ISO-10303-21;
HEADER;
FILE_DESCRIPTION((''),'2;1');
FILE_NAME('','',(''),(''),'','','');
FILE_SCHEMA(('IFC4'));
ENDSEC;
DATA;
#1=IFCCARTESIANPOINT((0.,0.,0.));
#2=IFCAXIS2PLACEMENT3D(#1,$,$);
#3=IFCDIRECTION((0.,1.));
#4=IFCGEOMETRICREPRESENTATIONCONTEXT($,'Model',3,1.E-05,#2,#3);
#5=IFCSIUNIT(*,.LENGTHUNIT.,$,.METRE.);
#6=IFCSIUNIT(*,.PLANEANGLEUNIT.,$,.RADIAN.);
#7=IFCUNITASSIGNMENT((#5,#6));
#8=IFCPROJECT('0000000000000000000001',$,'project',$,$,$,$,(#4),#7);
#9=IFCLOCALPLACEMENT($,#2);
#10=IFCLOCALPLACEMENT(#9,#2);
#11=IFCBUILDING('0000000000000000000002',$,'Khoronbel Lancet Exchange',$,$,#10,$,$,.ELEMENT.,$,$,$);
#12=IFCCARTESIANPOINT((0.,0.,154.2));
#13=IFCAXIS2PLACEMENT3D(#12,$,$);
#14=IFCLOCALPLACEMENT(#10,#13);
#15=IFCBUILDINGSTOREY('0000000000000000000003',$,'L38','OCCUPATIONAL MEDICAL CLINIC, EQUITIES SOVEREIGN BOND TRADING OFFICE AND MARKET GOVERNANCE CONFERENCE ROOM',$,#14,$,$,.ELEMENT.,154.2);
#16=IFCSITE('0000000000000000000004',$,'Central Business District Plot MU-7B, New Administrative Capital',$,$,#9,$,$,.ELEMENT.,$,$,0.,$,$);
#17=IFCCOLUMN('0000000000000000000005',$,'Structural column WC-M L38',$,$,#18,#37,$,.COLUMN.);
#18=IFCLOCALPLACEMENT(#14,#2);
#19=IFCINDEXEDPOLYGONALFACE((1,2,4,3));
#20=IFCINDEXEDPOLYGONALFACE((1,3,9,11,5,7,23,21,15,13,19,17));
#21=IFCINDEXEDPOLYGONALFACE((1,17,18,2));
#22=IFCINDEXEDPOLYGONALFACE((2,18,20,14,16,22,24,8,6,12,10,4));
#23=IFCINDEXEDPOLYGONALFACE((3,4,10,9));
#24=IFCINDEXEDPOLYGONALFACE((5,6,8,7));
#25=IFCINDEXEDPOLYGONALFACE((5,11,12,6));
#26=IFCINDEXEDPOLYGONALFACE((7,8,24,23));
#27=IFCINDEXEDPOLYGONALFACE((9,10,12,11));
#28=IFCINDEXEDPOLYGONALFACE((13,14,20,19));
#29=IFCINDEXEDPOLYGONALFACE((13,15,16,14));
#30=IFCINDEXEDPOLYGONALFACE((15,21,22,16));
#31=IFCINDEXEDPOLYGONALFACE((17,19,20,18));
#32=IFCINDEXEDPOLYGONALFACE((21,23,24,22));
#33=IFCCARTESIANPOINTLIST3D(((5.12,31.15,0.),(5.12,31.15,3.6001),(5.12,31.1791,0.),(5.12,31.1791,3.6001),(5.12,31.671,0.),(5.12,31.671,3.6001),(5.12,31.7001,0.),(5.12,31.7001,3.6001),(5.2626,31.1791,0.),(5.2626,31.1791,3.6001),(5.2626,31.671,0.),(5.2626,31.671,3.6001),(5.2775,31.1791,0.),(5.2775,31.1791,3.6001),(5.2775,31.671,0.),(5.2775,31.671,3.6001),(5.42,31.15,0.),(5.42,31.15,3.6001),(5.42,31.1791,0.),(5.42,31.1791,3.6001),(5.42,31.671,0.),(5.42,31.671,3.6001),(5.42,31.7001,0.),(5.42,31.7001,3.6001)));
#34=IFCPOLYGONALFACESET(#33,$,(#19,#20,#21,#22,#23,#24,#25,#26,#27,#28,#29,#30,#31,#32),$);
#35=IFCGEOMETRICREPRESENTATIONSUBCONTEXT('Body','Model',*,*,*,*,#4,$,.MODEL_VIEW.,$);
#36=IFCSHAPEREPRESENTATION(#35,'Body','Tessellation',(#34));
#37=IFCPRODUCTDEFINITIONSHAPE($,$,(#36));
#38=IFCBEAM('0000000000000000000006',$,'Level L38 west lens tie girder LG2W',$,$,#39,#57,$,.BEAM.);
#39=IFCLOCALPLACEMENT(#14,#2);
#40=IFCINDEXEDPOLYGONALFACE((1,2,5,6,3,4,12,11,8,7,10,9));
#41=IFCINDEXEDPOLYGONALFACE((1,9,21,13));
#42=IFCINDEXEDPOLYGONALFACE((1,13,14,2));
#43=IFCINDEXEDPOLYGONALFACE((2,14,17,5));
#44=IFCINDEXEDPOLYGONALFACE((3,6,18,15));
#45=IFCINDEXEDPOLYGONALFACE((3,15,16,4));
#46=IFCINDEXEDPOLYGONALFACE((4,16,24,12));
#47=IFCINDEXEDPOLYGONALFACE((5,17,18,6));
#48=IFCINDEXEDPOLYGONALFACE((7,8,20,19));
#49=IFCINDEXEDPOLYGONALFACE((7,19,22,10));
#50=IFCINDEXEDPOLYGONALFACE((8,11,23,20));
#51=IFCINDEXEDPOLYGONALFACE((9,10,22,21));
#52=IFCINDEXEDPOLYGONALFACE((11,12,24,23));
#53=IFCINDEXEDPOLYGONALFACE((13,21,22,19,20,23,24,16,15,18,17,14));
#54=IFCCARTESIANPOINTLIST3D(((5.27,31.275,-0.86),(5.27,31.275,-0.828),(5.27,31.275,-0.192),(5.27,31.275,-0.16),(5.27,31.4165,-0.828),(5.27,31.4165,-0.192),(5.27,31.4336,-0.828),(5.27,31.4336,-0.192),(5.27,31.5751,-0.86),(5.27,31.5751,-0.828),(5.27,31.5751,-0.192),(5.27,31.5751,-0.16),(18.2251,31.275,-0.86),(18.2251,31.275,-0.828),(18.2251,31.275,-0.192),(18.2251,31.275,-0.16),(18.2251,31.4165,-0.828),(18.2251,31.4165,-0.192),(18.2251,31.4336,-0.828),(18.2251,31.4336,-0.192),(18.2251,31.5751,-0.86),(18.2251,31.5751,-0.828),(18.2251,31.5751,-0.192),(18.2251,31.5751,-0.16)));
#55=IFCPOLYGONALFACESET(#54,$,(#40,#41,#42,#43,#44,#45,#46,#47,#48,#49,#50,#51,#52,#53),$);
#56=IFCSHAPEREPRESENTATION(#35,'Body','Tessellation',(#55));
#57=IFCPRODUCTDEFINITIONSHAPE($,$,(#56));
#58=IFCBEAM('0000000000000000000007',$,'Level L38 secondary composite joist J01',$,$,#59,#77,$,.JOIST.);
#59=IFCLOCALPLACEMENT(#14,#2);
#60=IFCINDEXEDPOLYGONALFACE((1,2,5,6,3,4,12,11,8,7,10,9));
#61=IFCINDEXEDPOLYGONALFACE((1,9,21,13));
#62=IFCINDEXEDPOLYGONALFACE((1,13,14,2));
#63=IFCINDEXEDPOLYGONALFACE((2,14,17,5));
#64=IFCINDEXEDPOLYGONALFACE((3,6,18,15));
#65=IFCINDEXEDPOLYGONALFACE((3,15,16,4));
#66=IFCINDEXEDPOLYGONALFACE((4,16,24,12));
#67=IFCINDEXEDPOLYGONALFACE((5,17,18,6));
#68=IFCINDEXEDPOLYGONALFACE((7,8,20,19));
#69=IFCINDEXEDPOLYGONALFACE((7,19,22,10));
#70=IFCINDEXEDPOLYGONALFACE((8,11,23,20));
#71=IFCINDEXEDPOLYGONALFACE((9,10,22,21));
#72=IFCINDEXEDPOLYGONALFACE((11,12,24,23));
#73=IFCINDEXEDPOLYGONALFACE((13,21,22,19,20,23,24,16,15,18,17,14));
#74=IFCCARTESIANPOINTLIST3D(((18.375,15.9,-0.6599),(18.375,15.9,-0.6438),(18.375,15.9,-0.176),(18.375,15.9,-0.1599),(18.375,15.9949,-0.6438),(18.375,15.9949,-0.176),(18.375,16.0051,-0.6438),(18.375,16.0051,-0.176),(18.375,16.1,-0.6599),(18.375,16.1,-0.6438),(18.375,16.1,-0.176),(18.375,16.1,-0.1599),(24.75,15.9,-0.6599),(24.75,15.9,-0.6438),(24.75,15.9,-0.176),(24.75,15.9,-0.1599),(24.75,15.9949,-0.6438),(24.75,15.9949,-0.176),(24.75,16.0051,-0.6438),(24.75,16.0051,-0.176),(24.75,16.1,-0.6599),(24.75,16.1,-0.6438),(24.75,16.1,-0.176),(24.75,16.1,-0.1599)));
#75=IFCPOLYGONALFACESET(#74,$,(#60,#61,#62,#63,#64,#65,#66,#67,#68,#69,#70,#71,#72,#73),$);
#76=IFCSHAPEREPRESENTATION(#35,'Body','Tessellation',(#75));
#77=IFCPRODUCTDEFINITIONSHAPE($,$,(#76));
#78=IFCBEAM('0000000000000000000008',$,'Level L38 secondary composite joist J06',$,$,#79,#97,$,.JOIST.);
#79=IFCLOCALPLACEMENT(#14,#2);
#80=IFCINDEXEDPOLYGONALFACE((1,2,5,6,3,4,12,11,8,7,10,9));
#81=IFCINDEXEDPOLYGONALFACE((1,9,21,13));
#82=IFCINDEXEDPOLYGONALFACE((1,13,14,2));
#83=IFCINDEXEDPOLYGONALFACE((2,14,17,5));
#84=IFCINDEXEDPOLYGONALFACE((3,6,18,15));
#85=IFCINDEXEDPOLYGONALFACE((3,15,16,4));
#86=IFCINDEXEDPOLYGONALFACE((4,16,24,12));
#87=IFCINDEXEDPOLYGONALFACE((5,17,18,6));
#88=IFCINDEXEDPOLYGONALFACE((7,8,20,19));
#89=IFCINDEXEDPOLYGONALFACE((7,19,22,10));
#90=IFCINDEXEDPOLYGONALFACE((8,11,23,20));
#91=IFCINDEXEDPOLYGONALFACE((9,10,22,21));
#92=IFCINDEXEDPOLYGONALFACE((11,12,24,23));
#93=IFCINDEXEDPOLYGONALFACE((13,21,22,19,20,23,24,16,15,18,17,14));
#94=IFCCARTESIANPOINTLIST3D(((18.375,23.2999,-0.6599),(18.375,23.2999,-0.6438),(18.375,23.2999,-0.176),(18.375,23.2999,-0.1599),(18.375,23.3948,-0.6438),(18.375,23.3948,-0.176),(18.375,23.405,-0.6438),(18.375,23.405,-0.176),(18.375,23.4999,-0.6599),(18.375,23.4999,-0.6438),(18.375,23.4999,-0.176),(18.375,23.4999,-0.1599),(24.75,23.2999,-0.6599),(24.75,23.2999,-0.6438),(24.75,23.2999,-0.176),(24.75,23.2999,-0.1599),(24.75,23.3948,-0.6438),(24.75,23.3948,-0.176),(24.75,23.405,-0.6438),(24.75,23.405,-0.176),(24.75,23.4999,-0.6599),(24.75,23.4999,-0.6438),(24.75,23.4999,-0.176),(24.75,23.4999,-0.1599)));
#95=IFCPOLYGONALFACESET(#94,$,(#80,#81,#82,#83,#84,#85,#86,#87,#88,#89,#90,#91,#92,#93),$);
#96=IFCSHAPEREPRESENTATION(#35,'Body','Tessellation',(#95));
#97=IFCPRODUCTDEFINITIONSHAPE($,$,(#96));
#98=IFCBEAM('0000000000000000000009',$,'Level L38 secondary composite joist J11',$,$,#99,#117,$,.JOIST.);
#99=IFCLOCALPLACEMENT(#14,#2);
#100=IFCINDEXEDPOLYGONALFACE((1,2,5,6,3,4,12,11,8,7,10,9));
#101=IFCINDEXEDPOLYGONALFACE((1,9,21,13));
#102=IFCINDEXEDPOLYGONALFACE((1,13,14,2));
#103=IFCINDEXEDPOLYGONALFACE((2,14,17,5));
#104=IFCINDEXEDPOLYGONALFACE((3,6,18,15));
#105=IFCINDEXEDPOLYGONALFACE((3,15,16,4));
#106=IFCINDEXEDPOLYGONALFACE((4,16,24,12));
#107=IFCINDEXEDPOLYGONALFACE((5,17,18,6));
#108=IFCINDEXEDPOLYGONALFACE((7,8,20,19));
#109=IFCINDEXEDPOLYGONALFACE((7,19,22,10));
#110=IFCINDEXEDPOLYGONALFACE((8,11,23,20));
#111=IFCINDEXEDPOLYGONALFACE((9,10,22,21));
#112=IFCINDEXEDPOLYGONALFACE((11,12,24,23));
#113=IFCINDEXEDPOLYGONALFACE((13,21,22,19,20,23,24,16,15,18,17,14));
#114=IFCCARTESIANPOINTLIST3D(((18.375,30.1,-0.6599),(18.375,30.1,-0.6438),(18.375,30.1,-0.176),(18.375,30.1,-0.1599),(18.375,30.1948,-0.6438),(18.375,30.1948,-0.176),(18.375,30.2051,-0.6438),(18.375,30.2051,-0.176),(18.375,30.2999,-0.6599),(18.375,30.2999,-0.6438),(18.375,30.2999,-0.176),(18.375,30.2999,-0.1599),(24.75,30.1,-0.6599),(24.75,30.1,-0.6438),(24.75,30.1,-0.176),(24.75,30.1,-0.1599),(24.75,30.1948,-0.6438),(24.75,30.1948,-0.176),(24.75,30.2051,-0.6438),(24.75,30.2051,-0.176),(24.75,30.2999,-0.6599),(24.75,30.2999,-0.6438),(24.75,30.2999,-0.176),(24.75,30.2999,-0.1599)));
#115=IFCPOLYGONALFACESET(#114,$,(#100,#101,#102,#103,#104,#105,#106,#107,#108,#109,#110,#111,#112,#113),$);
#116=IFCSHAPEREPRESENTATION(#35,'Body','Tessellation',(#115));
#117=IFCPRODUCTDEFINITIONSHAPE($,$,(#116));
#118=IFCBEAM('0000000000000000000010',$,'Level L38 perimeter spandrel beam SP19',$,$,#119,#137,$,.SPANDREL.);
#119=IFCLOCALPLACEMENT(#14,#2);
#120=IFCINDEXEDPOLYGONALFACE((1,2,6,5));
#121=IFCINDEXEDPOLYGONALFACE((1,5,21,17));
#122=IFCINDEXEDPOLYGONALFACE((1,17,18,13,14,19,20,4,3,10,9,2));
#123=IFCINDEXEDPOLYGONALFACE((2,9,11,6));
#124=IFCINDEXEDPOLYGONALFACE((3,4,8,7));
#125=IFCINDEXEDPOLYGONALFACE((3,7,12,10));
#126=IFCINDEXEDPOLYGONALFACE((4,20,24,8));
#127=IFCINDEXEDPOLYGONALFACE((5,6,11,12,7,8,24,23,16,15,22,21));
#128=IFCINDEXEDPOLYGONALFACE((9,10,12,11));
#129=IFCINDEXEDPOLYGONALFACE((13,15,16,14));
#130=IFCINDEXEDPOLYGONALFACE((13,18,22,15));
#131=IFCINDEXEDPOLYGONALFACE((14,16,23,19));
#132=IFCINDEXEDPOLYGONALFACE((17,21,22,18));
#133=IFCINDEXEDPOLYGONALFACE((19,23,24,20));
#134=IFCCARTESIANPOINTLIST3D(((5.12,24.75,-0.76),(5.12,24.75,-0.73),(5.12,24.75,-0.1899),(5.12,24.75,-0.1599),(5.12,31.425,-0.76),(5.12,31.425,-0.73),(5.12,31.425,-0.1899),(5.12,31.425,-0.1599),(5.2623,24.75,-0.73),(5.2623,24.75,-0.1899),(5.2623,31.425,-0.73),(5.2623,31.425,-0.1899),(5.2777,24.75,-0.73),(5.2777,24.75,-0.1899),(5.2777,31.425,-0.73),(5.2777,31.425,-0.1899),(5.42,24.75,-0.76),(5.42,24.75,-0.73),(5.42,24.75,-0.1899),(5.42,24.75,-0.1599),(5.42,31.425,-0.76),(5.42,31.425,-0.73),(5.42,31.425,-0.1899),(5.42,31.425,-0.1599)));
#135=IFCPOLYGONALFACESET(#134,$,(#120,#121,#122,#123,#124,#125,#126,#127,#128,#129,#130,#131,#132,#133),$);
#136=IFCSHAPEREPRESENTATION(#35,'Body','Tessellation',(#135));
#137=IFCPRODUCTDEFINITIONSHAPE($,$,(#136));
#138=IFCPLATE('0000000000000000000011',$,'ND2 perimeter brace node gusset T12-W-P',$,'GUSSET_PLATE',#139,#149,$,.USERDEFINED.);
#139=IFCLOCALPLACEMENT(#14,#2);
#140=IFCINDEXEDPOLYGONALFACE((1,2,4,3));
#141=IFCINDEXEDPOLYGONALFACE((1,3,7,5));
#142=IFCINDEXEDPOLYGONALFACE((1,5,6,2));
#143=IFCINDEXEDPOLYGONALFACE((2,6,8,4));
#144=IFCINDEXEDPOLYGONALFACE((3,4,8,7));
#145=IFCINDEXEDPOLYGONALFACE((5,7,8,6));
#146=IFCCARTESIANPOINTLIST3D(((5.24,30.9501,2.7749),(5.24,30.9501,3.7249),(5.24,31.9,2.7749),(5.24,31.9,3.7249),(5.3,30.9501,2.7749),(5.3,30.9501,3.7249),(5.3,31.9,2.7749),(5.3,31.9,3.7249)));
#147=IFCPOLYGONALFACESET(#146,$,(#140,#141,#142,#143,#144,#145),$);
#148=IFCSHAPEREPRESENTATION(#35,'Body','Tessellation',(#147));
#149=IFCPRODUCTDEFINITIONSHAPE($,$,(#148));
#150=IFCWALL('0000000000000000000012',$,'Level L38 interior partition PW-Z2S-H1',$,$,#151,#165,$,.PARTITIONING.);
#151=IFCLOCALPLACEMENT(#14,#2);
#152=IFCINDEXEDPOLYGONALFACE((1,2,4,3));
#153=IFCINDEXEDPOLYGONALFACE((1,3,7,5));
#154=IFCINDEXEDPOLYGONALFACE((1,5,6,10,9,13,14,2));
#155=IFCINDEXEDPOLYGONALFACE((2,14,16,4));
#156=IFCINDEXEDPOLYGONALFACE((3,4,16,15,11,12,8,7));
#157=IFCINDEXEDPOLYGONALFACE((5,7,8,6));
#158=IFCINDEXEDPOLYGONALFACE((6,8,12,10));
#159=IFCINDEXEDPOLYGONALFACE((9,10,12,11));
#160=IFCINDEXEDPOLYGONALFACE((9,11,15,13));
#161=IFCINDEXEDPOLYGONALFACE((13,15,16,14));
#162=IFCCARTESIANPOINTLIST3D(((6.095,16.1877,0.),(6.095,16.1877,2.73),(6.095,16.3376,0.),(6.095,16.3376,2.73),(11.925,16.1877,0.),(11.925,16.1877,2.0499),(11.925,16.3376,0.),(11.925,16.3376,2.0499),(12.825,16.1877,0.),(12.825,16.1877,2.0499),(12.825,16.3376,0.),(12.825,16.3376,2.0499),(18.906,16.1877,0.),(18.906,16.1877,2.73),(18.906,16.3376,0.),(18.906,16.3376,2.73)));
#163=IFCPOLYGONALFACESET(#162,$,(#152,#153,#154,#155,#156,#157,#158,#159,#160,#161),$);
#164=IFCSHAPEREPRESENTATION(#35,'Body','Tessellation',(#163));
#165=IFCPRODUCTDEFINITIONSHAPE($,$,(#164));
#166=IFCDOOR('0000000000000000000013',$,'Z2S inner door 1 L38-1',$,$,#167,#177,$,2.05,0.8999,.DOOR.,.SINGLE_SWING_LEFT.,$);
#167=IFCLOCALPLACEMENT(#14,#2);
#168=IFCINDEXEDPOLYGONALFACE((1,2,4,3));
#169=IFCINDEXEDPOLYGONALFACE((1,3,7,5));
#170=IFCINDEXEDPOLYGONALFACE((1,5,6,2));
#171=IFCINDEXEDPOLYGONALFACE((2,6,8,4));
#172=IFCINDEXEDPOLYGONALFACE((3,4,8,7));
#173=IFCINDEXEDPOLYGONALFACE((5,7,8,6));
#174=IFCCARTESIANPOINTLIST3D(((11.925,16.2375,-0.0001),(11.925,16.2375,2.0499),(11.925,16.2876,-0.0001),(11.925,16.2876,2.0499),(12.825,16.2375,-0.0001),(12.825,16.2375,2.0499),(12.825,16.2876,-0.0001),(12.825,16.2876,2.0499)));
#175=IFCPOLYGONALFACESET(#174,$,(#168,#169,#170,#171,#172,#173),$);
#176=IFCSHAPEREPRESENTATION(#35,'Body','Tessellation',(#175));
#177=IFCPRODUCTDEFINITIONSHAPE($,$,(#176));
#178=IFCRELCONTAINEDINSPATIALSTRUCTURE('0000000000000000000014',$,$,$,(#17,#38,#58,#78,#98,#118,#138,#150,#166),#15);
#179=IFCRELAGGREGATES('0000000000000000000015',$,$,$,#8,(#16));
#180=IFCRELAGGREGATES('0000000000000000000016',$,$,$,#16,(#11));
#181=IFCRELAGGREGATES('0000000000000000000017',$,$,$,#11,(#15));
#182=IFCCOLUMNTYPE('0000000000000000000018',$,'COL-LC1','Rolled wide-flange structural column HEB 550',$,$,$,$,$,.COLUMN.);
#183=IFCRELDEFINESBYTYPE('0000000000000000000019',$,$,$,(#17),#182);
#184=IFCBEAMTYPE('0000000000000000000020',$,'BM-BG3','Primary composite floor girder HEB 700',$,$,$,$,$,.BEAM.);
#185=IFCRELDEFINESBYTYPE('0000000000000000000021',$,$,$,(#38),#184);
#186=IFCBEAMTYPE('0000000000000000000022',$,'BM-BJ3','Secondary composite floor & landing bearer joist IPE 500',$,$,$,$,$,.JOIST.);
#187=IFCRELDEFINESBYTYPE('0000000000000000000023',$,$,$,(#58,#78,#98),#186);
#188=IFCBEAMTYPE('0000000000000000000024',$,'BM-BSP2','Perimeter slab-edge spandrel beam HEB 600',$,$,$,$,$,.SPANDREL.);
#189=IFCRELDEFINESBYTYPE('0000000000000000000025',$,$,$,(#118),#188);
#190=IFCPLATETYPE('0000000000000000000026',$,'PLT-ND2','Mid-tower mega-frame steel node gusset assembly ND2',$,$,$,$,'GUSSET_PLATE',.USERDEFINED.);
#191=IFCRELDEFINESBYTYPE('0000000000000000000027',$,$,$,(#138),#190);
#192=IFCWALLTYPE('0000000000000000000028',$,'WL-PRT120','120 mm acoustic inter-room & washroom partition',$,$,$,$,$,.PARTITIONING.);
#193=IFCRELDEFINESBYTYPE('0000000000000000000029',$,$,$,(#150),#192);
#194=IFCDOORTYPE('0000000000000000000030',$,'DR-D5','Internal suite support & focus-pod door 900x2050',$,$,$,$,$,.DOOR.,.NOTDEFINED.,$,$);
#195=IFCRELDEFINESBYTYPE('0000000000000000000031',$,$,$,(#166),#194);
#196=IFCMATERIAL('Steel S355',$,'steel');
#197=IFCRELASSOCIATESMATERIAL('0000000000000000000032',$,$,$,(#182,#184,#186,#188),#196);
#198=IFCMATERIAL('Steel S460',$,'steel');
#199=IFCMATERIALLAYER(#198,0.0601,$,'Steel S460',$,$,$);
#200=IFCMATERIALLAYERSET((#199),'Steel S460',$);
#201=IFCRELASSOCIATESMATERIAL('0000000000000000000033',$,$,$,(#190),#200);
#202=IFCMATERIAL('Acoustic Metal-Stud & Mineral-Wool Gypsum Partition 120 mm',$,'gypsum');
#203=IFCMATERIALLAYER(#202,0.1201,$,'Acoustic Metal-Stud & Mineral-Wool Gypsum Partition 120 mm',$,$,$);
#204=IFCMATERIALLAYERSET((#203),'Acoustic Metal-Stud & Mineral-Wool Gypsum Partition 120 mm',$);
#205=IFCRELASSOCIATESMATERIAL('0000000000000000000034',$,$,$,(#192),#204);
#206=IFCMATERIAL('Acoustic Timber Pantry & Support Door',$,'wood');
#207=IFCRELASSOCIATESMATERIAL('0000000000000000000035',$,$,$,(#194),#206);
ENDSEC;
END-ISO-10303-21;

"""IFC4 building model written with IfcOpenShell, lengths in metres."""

from ifc_helpers import new_model, si_unit, direction, frame, frame_2d, origin, origin_2d, place, context, subcontext, project, spatial, rectangle, i_section, extrude, material, layer, layer_set, material_profile, profile_set, type_object, element, fill, save


model = new_model("IFC4")

# Units and contexts
model_context = context("Model", 3, precision=1e-05, world=origin(), true_north=direction((0.0, 1.0)))
body_context = subcontext(model_context, "Body", "Model", "MODEL_VIEW")
ifc_project = project(units=[si_unit("LENGTHUNIT", "METRE"), si_unit("PLANEANGLEUNIT", "RADIAN")], contexts=[model_context])

# Site, building, storey
site_placement = place(None, origin())
site = spatial("IfcSite", under=ifc_project, at=site_placement, Name="Central Business District Plot MU-7B, New Administrative Capital", CompositionType="ELEMENT", RefElevation=0.0)
building_placement = place(site_placement, origin())
building = spatial("IfcBuilding", under=site, at=building_placement, Name="Khoronbel Lancet Exchange", CompositionType="ELEMENT")
storey_placement = place(building_placement, frame((0.0, 0.0, 154.2)))
storey = spatial("IfcBuildingStorey", under=building, at=storey_placement, Name="L38", Description="OCCUPATIONAL MEDICAL CLINIC, EQUITIES SOVEREIGN BOND TRADING OFFICE AND MARKET GOVERNANCE CONFERENCE ROOM", CompositionType="ELEMENT", Elevation=154.2)

# Column
ifc_material_1 = material(Name="Steel S355", Category="steel")
ifc_material_profile_1 = material_profile(ifc_material_1, i_section(OverallWidth=0.3, OverallDepth=0.55, WebThickness=0.0149, FlangeThickness=0.0291, at=origin_2d()), Name="HEB 550")
ifc_profile_set_1 = profile_set([ifc_material_profile_1], Name="Steel S355")
column_type = type_object("IfcColumnType", Name="COL-LC1", Description="Rolled wide-flange structural column HEB 550", PredefinedType="COLUMN", material=ifc_profile_set_1)
column_placement = place(storey_placement, frame((5.27, 31.425, 0.0), z_axis=(0.0, 0.0, 1.0), x_axis=(1.0, 0.0, 0.0)))
element("IfcColumn", 1, at=column_placement, inside=storey, type_object=column_type, Name="Structural column WC-M L38", PredefinedType="COLUMN", context=body_context, shape_type="SweptSolid", body=[
    extrude(i_section(OverallWidth=0.3, OverallDepth=0.55, WebThickness=0.0149, FlangeThickness=0.0291, at=origin_2d()), origin(), (0.0, 0.0, 1.0), 3.6001),
])

# Beams
ifc_material_profile_2 = material_profile(ifc_material_1, i_section(OverallWidth=0.3, OverallDepth=0.7, WebThickness=0.0171, FlangeThickness=0.032, at=origin_2d()), Name="HEB 700")
ifc_profile_set_2 = profile_set([ifc_material_profile_2], Name="Steel S355")
beam_type_1 = type_object("IfcBeamType", Name="BM-BG3", Description="Primary composite floor girder HEB 700", PredefinedType="BEAM", material=ifc_profile_set_2)
beam_1_placement = place(storey_placement, frame((5.27, 31.425, -0.51), z_axis=(1.0, 0.0, 0.0), x_axis=(0.0, 1.0, 0.0)))
element("IfcBeam", 2, at=beam_1_placement, inside=storey, type_object=beam_type_1, Name="Level L38 west lens tie girder LG2W", PredefinedType="BEAM", context=body_context, shape_type="SweptSolid", body=[
    extrude(i_section(OverallWidth=0.3, OverallDepth=0.7, WebThickness=0.0171, FlangeThickness=0.032, at=origin_2d()), origin(), (0.0, 0.0, 1.0), 12.9551),
])
ifc_material_profile_3 = material_profile(ifc_material_1, i_section(OverallWidth=0.2, OverallDepth=0.5, WebThickness=0.0103, FlangeThickness=0.0161, at=origin_2d()), Name="IPE 500")
ifc_profile_set_3 = profile_set([ifc_material_profile_3], Name="Steel S355")
beam_type_2 = type_object("IfcBeamType", Name="BM-BJ3", Description="Secondary composite floor & landing bearer joist IPE 500", PredefinedType="JOIST", material=ifc_profile_set_3)
for number, where, z_axis, x_axis, name in (
    (3, (18.375, 16.0, -0.4099), (1.0, 0.0, 0.0), (0.0, 1.0, 0.0), "Level L38 secondary composite joist J01"),
    (4, (18.375, 23.3999, -0.4099), (1.0, 0.0, 0.0), (0.0, 1.0, 0.0), "Level L38 secondary composite joist J06"),
    (5, (18.375, 30.2, -0.4099), (1.0, 0.0, 0.0), (0.0, 1.0, 0.0), "Level L38 secondary composite joist J11"),
):
    element("IfcBeam", number, at=place(storey_placement, frame(where, z_axis=z_axis, x_axis=x_axis)), inside=storey, type_object=beam_type_2, Name=name, PredefinedType="JOIST", context=body_context, shape_type="SweptSolid", body=[
        extrude(i_section(OverallWidth=0.2, OverallDepth=0.5, WebThickness=0.0103, FlangeThickness=0.0161, at=origin_2d()), origin(), (0.0, 0.0, 1.0), 6.375),
    ])
ifc_material_profile_4 = material_profile(ifc_material_1, i_section(OverallWidth=0.3, OverallDepth=0.6001, WebThickness=0.0154, FlangeThickness=0.03, at=origin_2d()), Name="HEB 600")
ifc_profile_set_4 = profile_set([ifc_material_profile_4], Name="Steel S355")
beam_type_3 = type_object("IfcBeamType", Name="BM-BSP2", Description="Perimeter slab-edge spandrel beam HEB 600", PredefinedType="SPANDREL", material=ifc_profile_set_4)
beam_2_placement = place(storey_placement, frame((5.27, 31.425, -0.46), z_axis=(0.0, -1.0, 0.0), x_axis=(1.0, 0.0, 0.0)))
element("IfcBeam", 6, at=beam_2_placement, inside=storey, type_object=beam_type_3, Name="Level L38 perimeter spandrel beam SP19", PredefinedType="SPANDREL", context=body_context, shape_type="SweptSolid", body=[
    extrude(i_section(OverallWidth=0.3, OverallDepth=0.6001, WebThickness=0.0154, FlangeThickness=0.03, at=origin_2d()), origin(), (0.0, 0.0, 1.0), 6.675),
])

# Plate
ifc_material_2 = material(Name="Steel S460", Category="steel")
ifc_layer_1 = layer(ifc_material_2, 0.0601, Name="Steel S460")
ifc_layer_set_1 = layer_set([ifc_layer_1], Name="Steel S460")
plate_type = type_object("IfcPlateType", Name="PLT-ND2", Description="Mid-tower mega-frame steel node gusset assembly ND2", ElementType="GUSSET_PLATE", PredefinedType="USERDEFINED", material=ifc_layer_set_1)
plate_placement = place(storey_placement, frame((5.27, 31.425, 2.7749), z_axis=(0.0, 0.0, 1.0), x_axis=(0.0, 1.0, 0.0)))
element("IfcPlate", 7, at=plate_placement, inside=storey, type_object=plate_type, Name="ND2 perimeter brace node gusset T12-W-P", ObjectType="GUSSET_PLATE", PredefinedType="USERDEFINED", context=body_context, shape_type="SweptSolid", body=[
    extrude(rectangle(XDim=0.95, YDim=0.0601, at=origin_2d()), origin(), (0.0, 0.0, 1.0), 0.95),
])

# Wall, opening, door
ifc_material_3 = material(Name="Acoustic Metal-Stud & Mineral-Wool Gypsum Partition 120 mm", Category="gypsum")
ifc_layer_2 = layer(ifc_material_3, 0.1201, Name="Acoustic Metal-Stud & Mineral-Wool Gypsum Partition 120 mm")
ifc_layer_set_2 = layer_set([ifc_layer_2], Name="Acoustic Metal-Stud & Mineral-Wool Gypsum Partition 120 mm")
wall_type_1 = type_object("IfcWallType", Name="WL-PRT120", Description="120 mm acoustic inter-room & washroom partition", PredefinedType="PARTITIONING", material=ifc_layer_set_2)
wall_1_placement = place(storey_placement, frame((6.095, 16.2627, 0.0), z_axis=(0.0, 0.0, 1.0), x_axis=(1.0, 0.0, 0.0)))
wall_1 = element("IfcWall", 8, at=wall_1_placement, inside=storey, type_object=wall_type_1, Name="Level L38 interior partition PW-Z2S-H1", PredefinedType="PARTITIONING", context=body_context, shape_type="SweptSolid", body=[
    extrude(rectangle(XDim=12.811, YDim=0.1499, at=frame_2d((6.4055, 0.0))), origin(), (0.0, 0.0, 1.0), 2.73),
])
opening_1_placement = place(wall_1_placement, frame((5.8301, 0.0, 0.0)))
opening_1 = element("IfcOpeningElement", 9, at=opening_1_placement, cuts=wall_1, PredefinedType="OPENING", context=body_context, shape_type="SweptSolid", body=[
    extrude(rectangle(XDim=0.8999, YDim=2.05, at=frame_2d((0.45, 1.0249))), frame((0.0, 0.085, 0.0), z_axis=(0.0, -1.0, 0.0), x_axis=(1.0, 0.0, 0.0)), (0.0, 0.0, 1.0), 0.1699),
])
ifc_material_4 = material(Name="Acoustic Timber Pantry & Support Door", Category="wood")
door_type_1 = type_object("IfcDoorType", Name="DR-D5", Description="Internal suite support & focus-pod door 900x2050", OperationType="NOTDEFINED", PredefinedType="DOOR", material=ifc_material_4)
door_1_placement = place(opening_1_placement, origin())
door_1 = element("IfcDoor", 10, at=door_1_placement, inside=storey, type_object=door_type_1, Name="Z2S inner door 1 L38-1", OperationType="SINGLE_SWING_LEFT", OverallHeight=2.05, OverallWidth=0.8999, PredefinedType="DOOR", context=body_context, shape_type="SweptSolid", body=[
    extrude(rectangle(XDim=0.8999, YDim=2.05, at=frame_2d((0.45, 1.0249))), frame((0.0, 0.0249, 0.0), z_axis=(0.0, -1.0, 0.0), x_axis=(1.0, 0.0, 0.0)), (0.0, 0.0, 1.0), 0.05),
])
fill(opening_1, door_1)

save(model, "model.ifc")
